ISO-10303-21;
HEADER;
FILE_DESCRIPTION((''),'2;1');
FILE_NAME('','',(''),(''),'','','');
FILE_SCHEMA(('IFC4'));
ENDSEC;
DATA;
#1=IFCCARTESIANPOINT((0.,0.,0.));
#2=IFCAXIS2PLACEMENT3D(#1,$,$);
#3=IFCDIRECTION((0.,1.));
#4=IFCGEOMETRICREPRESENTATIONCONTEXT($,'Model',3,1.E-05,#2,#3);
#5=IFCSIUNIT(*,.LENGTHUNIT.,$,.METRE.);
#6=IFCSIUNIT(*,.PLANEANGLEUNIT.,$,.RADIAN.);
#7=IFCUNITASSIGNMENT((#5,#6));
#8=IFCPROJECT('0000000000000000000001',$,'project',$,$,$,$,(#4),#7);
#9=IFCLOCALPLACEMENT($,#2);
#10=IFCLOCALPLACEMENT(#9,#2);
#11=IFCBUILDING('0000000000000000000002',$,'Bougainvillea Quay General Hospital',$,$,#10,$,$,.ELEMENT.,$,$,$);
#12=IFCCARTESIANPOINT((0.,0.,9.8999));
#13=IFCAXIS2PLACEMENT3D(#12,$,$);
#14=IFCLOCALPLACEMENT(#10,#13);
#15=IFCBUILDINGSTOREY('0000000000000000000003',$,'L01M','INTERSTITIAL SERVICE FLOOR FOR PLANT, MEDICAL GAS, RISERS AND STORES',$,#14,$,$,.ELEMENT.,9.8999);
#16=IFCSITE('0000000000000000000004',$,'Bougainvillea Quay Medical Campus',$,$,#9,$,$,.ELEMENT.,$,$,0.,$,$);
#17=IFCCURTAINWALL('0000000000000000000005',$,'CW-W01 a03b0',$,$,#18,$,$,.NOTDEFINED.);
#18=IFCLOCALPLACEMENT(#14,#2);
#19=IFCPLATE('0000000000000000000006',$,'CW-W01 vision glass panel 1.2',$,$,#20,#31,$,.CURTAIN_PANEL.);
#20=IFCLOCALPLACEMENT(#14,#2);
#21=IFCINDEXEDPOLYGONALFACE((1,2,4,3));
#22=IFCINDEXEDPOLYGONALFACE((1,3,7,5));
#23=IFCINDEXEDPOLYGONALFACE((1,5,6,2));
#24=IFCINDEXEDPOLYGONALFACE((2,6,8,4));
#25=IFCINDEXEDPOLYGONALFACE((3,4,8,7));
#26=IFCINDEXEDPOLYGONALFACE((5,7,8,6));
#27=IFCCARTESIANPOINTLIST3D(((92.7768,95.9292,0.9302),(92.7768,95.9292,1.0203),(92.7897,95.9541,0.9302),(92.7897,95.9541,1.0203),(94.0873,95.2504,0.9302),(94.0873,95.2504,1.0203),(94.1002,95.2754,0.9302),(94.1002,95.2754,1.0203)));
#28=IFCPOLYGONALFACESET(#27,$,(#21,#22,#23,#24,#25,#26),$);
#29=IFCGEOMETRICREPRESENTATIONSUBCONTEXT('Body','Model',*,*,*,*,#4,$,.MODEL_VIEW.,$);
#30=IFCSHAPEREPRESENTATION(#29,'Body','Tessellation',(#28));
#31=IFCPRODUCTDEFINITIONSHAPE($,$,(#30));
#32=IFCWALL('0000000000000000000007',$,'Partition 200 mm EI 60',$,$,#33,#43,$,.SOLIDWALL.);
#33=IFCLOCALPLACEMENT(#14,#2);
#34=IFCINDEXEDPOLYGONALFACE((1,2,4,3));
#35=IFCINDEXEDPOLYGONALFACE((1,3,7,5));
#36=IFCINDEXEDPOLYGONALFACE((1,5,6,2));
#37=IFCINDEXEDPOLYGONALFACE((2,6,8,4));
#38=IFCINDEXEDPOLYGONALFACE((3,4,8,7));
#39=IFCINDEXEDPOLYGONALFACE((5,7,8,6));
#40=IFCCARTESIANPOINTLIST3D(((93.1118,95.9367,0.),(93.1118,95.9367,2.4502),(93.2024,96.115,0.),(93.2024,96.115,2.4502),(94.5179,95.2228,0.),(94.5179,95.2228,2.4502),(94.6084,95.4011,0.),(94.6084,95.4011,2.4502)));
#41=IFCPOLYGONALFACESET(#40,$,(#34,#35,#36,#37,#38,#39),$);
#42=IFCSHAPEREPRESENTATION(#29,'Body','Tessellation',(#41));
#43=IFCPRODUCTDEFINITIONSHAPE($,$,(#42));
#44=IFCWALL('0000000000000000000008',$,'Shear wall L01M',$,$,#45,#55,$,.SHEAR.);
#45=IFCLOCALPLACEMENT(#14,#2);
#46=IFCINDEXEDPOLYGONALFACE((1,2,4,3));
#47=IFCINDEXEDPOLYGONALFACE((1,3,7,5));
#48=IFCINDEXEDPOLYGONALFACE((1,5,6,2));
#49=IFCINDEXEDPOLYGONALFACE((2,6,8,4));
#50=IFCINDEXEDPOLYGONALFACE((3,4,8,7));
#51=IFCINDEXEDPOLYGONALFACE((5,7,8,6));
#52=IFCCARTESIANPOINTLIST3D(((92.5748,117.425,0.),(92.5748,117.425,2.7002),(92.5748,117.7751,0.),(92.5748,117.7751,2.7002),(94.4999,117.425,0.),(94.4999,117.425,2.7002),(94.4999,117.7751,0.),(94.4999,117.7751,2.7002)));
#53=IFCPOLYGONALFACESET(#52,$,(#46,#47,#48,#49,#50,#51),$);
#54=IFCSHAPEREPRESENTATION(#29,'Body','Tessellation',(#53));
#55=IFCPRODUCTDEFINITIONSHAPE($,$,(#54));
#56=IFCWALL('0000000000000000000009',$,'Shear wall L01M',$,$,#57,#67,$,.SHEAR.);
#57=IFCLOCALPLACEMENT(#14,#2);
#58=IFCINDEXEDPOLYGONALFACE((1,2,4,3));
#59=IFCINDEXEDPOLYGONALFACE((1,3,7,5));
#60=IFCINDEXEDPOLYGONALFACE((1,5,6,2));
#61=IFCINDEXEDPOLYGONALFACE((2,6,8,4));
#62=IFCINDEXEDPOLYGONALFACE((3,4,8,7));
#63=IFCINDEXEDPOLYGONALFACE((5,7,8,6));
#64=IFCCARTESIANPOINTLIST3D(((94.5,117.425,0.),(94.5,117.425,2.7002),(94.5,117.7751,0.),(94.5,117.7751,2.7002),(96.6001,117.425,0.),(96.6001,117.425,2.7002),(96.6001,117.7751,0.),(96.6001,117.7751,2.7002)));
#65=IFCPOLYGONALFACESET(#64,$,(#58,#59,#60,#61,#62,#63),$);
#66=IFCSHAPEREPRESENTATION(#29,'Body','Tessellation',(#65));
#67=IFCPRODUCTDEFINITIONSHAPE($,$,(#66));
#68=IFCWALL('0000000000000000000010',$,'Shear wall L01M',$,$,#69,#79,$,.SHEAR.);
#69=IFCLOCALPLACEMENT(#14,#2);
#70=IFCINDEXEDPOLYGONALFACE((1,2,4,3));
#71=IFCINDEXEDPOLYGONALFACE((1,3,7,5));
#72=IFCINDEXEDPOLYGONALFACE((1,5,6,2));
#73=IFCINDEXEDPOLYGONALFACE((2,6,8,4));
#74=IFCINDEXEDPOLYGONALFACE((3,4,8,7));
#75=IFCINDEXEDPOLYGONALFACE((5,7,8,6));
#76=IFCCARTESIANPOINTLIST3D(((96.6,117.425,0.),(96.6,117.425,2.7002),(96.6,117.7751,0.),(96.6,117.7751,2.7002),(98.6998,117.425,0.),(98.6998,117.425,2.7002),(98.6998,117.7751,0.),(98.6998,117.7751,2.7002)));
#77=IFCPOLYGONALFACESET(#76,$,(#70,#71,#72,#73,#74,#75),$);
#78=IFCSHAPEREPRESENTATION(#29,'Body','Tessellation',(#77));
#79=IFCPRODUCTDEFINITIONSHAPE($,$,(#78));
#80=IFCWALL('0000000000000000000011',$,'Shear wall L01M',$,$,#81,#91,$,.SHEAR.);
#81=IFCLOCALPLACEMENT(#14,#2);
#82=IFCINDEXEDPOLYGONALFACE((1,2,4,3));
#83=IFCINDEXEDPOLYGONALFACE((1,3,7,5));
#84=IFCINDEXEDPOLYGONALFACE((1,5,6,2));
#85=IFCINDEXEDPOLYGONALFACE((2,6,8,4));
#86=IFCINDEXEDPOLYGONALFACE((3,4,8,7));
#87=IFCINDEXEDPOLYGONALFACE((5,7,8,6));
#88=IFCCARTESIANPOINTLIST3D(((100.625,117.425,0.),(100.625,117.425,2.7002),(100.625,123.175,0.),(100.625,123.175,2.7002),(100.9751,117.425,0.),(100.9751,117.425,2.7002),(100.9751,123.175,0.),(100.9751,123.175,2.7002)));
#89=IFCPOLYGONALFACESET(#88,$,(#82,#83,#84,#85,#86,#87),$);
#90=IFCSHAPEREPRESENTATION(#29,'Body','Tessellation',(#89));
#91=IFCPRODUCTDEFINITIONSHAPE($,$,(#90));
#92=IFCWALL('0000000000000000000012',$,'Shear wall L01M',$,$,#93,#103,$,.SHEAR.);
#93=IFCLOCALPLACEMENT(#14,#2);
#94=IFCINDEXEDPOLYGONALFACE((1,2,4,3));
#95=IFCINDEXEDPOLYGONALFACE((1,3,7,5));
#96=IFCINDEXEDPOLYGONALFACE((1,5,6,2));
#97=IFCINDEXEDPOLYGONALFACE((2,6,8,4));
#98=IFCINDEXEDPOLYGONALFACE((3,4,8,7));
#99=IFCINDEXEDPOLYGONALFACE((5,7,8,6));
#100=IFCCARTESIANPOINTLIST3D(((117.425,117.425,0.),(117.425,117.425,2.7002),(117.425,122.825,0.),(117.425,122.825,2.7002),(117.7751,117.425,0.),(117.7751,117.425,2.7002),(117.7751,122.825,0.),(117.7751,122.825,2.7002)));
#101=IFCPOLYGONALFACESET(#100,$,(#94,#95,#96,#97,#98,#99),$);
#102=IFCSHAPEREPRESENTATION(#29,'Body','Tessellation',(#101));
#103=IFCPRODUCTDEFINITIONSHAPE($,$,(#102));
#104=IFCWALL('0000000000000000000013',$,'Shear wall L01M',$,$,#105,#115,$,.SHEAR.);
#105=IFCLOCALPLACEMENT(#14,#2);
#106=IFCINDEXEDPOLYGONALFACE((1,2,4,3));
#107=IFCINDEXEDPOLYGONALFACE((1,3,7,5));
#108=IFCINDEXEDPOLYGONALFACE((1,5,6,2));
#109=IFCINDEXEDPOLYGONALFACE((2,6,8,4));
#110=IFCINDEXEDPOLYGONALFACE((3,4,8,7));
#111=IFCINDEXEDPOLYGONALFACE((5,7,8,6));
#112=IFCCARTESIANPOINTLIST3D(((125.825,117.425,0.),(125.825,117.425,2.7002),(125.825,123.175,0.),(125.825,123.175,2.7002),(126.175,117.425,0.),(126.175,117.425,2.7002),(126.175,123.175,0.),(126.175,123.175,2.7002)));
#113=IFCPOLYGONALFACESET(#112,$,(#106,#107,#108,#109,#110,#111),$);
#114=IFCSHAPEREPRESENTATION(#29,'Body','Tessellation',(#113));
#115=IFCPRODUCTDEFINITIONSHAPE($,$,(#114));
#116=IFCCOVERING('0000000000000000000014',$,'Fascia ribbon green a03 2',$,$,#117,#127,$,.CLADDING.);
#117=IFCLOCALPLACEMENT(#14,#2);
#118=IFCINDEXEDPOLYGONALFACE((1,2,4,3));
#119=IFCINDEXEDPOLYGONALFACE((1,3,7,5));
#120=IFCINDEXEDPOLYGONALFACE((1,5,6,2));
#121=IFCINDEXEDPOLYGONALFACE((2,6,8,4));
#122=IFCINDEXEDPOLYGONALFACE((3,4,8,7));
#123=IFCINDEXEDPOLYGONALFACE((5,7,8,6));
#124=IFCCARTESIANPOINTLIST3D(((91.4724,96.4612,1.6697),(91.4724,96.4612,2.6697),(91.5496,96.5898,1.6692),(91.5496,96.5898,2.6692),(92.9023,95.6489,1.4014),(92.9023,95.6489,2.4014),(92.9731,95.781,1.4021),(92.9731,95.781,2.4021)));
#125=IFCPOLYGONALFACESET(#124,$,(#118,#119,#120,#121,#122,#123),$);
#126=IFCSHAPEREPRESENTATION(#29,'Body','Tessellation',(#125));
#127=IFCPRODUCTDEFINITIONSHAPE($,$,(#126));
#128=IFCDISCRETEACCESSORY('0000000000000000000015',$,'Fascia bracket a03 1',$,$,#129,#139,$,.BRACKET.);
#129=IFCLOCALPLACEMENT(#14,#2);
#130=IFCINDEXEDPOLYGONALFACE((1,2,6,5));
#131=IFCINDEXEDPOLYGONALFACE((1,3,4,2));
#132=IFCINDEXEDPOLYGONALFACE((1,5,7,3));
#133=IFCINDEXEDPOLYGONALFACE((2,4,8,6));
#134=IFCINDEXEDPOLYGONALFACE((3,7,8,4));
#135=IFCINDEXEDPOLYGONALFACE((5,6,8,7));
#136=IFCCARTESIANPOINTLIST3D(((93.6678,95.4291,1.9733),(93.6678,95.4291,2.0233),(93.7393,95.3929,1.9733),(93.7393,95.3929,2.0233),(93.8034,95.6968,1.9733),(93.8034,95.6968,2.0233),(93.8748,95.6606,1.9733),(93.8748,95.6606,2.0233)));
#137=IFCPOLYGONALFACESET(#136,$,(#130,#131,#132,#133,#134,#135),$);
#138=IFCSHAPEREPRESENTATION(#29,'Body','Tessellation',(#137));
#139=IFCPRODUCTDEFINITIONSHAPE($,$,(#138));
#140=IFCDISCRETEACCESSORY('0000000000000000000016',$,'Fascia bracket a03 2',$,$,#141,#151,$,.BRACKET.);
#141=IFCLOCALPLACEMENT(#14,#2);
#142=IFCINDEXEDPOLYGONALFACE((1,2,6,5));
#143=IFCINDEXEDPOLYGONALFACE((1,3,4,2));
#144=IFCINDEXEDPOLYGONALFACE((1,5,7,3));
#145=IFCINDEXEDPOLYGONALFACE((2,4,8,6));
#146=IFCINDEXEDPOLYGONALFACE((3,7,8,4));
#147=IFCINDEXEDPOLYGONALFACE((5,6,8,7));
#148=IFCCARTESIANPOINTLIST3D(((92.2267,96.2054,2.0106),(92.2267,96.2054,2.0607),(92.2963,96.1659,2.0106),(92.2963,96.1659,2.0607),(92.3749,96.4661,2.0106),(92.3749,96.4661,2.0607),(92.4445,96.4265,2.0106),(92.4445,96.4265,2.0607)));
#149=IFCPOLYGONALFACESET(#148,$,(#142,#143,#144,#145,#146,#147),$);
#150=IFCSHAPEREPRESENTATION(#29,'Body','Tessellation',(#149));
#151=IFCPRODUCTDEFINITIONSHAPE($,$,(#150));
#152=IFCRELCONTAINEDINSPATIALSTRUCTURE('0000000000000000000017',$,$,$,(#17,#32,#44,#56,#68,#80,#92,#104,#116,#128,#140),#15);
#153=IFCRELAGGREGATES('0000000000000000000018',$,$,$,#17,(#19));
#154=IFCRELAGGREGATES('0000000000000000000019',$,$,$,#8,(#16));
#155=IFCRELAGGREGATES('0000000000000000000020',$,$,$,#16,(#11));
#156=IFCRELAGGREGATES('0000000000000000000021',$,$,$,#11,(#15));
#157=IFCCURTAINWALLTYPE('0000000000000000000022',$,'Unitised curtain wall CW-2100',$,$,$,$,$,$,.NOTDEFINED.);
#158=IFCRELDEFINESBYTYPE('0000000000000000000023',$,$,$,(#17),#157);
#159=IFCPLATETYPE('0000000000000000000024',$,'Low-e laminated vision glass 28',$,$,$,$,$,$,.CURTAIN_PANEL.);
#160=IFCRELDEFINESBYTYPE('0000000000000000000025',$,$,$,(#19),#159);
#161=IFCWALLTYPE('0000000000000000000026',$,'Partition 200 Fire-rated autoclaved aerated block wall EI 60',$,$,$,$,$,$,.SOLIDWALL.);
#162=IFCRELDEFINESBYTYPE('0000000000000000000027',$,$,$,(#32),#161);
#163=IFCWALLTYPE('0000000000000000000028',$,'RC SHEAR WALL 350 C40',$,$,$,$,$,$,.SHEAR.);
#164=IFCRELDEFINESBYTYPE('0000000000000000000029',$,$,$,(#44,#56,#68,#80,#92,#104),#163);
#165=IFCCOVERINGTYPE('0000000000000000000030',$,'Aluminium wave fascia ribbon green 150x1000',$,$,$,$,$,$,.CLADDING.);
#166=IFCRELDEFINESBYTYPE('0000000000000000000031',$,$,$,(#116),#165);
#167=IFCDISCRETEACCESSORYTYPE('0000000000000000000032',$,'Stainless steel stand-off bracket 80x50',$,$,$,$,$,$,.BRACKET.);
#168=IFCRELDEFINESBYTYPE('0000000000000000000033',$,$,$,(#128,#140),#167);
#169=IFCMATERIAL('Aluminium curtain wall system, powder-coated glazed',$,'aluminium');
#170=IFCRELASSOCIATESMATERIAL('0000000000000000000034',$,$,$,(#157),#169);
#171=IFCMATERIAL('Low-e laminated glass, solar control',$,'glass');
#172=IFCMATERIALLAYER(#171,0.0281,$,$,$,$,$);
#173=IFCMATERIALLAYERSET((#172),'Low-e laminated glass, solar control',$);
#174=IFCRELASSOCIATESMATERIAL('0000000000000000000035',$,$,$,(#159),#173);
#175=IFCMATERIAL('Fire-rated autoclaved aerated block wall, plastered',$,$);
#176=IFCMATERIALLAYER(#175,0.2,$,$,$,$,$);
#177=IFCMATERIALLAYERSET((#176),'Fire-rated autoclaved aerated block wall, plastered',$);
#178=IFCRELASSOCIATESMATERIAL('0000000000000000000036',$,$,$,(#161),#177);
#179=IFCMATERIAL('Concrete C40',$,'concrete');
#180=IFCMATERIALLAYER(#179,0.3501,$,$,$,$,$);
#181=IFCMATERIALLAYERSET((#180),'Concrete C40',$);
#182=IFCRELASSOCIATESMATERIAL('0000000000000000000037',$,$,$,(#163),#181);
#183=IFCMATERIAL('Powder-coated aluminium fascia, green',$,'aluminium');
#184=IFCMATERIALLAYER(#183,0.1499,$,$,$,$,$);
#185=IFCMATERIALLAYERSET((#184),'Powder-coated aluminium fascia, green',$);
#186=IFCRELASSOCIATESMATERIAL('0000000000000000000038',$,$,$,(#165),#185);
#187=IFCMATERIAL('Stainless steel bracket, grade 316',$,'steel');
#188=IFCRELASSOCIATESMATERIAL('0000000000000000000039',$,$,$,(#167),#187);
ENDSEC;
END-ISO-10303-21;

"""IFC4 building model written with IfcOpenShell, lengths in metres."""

from ifc_helpers import new_model, si_unit, direction, frame, frame_2d, origin, origin_2d, place, context, subcontext, project, spatial, polyline, rectangle, outline, extrude, material, layer, layer_set, material_profile, profile_set, type_object, element, aggregate, save


model = new_model("IFC4")

# Units and contexts
model_context = context("Model", 3, precision=1e-05, world=origin(), true_north=direction((0.0, 1.0)))
body_context = subcontext(model_context, "Body", "Model", "MODEL_VIEW")
ifc_project = project(units=[si_unit("LENGTHUNIT", "METRE"), si_unit("PLANEANGLEUNIT", "RADIAN")], contexts=[model_context])

# Site, building, storey
site_placement = place(None, origin())
site = spatial("IfcSite", under=ifc_project, at=site_placement, Name="Bougainvillea Quay Medical Campus", CompositionType="ELEMENT", RefElevation=0.0)
building_placement = place(site_placement, origin())
building = spatial("IfcBuilding", under=site, at=building_placement, Name="Bougainvillea Quay General Hospital", CompositionType="ELEMENT")
storey_placement = place(building_placement, frame((0.0, 0.0, 9.8999)))
storey = spatial("IfcBuildingStorey", under=building, at=storey_placement, Name="L01M", Description="INTERSTITIAL SERVICE FLOOR FOR PLANT, MEDICAL GAS, RISERS AND STORES", CompositionType="ELEMENT", Elevation=9.8999)

# Shared definitions
ifc_material_1 = material(Name="Aluminium curtain wall system, powder-coated glazed", Category="aluminium")

# Curtain wall, plate
curtain_wall_type_1 = type_object("IfcCurtainWallType", Name="Unitised curtain wall CW-2100", PredefinedType="NOTDEFINED", material=ifc_material_1)
curtain_wall_1_placement = place(storey_placement, origin())
curtain_wall_1 = element("IfcCurtainWall", 1, at=curtain_wall_1_placement, inside=storey, type_object=curtain_wall_type_1, Name="CW-W01 a03b0", PredefinedType="NOTDEFINED")
ifc_material_2 = material(Name="Low-e laminated glass, solar control", Category="glass")
ifc_layer_1 = layer(ifc_material_2, 0.0281)
ifc_layer_set_1 = layer_set([ifc_layer_1], Name="Low-e laminated glass, solar control")
plate_type_1 = type_object("IfcPlateType", Name="Low-e laminated vision glass 28", PredefinedType="CURTAIN_PANEL", material=ifc_layer_set_1)
plate_1_placement = place(storey_placement, frame((93.4385, 95.6023, 0.9302), z_axis=(0.0, 0.0, 1.0), x_axis=(-0.887958, 0.459924, 0.0)))
plate_1 = element("IfcPlate", 2, at=plate_1_placement, type_object=plate_type_1, Name="CW-W01 vision glass panel 1.2", PredefinedType="CURTAIN_PANEL", context=body_context, shape_type="SweptSolid", body=[
    extrude(rectangle(XDim=1.4758, YDim=0.0281, at=origin_2d()), origin(), (0.0, 0.0, 1.0), 0.0901),
])
aggregate(curtain_wall_1, [plate_1])

# Walls
ifc_material_3 = material(Name="Fire-rated autoclaved aerated block wall, plastered")
ifc_layer_2 = layer(ifc_material_3, 0.2)
ifc_layer_set_2 = layer_set([ifc_layer_2], Name="Fire-rated autoclaved aerated block wall, plastered")
wall_type_1 = type_object("IfcWallType", Name="Partition 200 Fire-rated autoclaved aerated block wall EI 60", PredefinedType="SOLIDWALL", material=ifc_layer_set_2)
wall_1_placement = place(storey_placement, frame((93.157, 96.0259, 0.0), z_axis=(0.0, 0.0, 1.0), x_axis=(0.891654, -0.452717, 0.0)))
element("IfcWall", 3, at=wall_1_placement, inside=storey, type_object=wall_type_1, Name="Partition 200 mm EI 60", PredefinedType="SOLIDWALL", context=body_context, shape_type="SweptSolid", body=[
    extrude(rectangle(XDim=1.5769, YDim=0.2, at=frame_2d((0.7886, 0.0))), origin(), (0.0, 0.0, 1.0), 2.4502),
])
ifc_material_4 = material(Name="Concrete C40", Category="concrete")
ifc_layer_3 = layer(ifc_material_4, 0.3501)
ifc_layer_set_3 = layer_set([ifc_layer_3], Name="Concrete C40")
wall_type_2 = type_object("IfcWallType", Name="RC SHEAR WALL 350 C40", PredefinedType="SHEAR", material=ifc_layer_set_3)
wall_2_placement = place(storey_placement, frame((92.575, 117.6001, 0.0), z_axis=(0.0, 0.0, 1.0), x_axis=(1.0, 0.0, 0.0)))
element("IfcWall", 4, at=wall_2_placement, inside=storey, type_object=wall_type_2, Name="Shear wall L01M", PredefinedType="SHEAR", context=body_context, shape_type="SweptSolid", body=[
    extrude(rectangle(XDim=1.925, YDim=0.3501, at=frame_2d((0.9624, 0.0))), origin(), (0.0, 0.0, 1.0), 2.7002),
])
wall_3_placement = place(storey_placement, frame((94.5, 117.6001, 0.0), z_axis=(0.0, 0.0, 1.0), x_axis=(1.0, 0.0, 0.0)))
element("IfcWall", 5, at=wall_3_placement, inside=storey, type_object=wall_type_2, Name="Shear wall L01M", PredefinedType="SHEAR", context=body_context, shape_type="SweptSolid", body=[
    extrude(rectangle(XDim=2.1001, YDim=0.3501, at=frame_2d((1.05, 0.0))), origin(), (0.0, 0.0, 1.0), 2.7002),
])
wall_4_placement = place(storey_placement, frame((96.6001, 117.6001, 0.0), z_axis=(0.0, 0.0, 1.0), x_axis=(1.0, 0.0, 0.0)))
element("IfcWall", 6, at=wall_4_placement, inside=storey, type_object=wall_type_2, Name="Shear wall L01M", PredefinedType="SHEAR", context=body_context, shape_type="SweptSolid", body=[
    extrude(rectangle(XDim=2.0999, YDim=0.3501, at=frame_2d((1.0498, 0.0))), origin(), (0.0, 0.0, 1.0), 2.7002),
])
wall_5_placement = place(storey_placement, frame((100.8, 117.425, 0.0), z_axis=(0.0, 0.0, 1.0), x_axis=(0.0, 1.0, 0.0)))
element("IfcWall", 7, at=wall_5_placement, inside=storey, type_object=wall_type_2, Name="Shear wall L01M", PredefinedType="SHEAR", context=body_context, shape_type="SweptSolid", body=[
    extrude(rectangle(XDim=5.75, YDim=0.3501, at=frame_2d((2.875, 0.0))), origin(), (0.0, 0.0, 1.0), 2.7002),
])
wall_6_placement = place(storey_placement, frame((117.6001, 117.425, 0.0), z_axis=(0.0, 0.0, 1.0), x_axis=(0.0, 1.0, 0.0)))
element("IfcWall", 8, at=wall_6_placement, inside=storey, type_object=wall_type_2, Name="Shear wall L01M", PredefinedType="SHEAR", context=body_context, shape_type="SweptSolid", body=[
    extrude(rectangle(XDim=5.3999, YDim=0.3501, at=frame_2d((2.7, 0.0))), origin(), (0.0, 0.0, 1.0), 2.7002),
])
wall_7_placement = place(storey_placement, frame((126.0, 117.425, 0.0), z_axis=(0.0, 0.0, 1.0), x_axis=(0.0, 1.0, 0.0)))
element("IfcWall", 9, at=wall_7_placement, inside=storey, type_object=wall_type_2, Name="Shear wall L01M", PredefinedType="SHEAR", context=body_context, shape_type="SweptSolid", body=[
    extrude(rectangle(XDim=5.75, YDim=0.3501, at=frame_2d((2.875, 0.0))), origin(), (0.0, 0.0, 1.0), 2.7002),
])

# Covering
ifc_material_5 = material(Name="Powder-coated aluminium fascia, green", Category="aluminium")
ifc_layer_4 = layer(ifc_material_5, 0.1499)
ifc_layer_set_4 = layer_set([ifc_layer_4], Name="Powder-coated aluminium fascia, green")
covering_type = type_object("IfcCoveringType", Name="Aluminium wave fascia ribbon green 150x1000", PredefinedType="CLADDING", material=ifc_layer_set_4)
covering_placement = place(storey_placement, frame((92.9731, 95.781, 1.4021), z_axis=(0.139642, -0.080159, 0.986952), x_axis=(-0.858117, 0.487556, 0.161012)))
element("IfcCovering", 10, at=covering_placement, inside=storey, type_object=covering_type, Name="Fascia ribbon green a03 2", PredefinedType="CLADDING", context=body_context, shape_type="SweptSolid", body=[
    extrude(outline(polyline([(0.0, 0.0), (1.659, 0.0), (1.6625, 0.15), (-0.0038, 0.1498), (0.0, 0.0)])), origin(), (0.161012, -0.000703, 0.986952), 1.0),
])

# Discrete accessories
ifc_material_6 = material(Name="Stainless steel bracket, grade 316", Category="steel")
ifc_material_profile_1 = material_profile(ifc_material_6, rectangle(XDim=0.0801, YDim=0.05, at=origin_2d()))
ifc_profile_set_1 = profile_set([ifc_material_profile_1], Name="Stainless steel bracket, grade 316")
discrete_accessory_type = type_object("IfcDiscreteAccessoryType", Name="Stainless steel stand-off bracket 80x50", PredefinedType="BRACKET", material=ifc_profile_set_1)
discrete_accessory_1_placement = place(storey_placement, frame((93.8391, 95.6787, 1.9983), z_axis=(-0.451766, -0.892136, 0.0), x_axis=(0.892136, -0.451766, 0.0)))
element("IfcDiscreteAccessory", 11, at=discrete_accessory_1_placement, inside=storey, type_object=discrete_accessory_type, Name="Fascia bracket a03 1", PredefinedType="BRACKET", context=body_context, shape_type="SweptSolid", body=[
    extrude(rectangle(XDim=0.0801, YDim=0.05, at=origin_2d()), origin(), (0.0, 0.0, 1.0), 0.3),
])
discrete_accessory_2_placement = place(storey_placement, frame((92.4097, 96.4463, 2.0356), z_axis=(-0.494121, -0.869393, 0.0), x_axis=(0.869393, -0.494121, 0.0)))
element("IfcDiscreteAccessory", 12, at=discrete_accessory_2_placement, inside=storey, type_object=discrete_accessory_type, Name="Fascia bracket a03 2", PredefinedType="BRACKET", context=body_context, shape_type="SweptSolid", body=[
    extrude(rectangle(XDim=0.0801, YDim=0.05, at=origin_2d()), origin(), (0.0, 0.0, 1.0), 0.2998),
])

save(model, "model.ifc")
